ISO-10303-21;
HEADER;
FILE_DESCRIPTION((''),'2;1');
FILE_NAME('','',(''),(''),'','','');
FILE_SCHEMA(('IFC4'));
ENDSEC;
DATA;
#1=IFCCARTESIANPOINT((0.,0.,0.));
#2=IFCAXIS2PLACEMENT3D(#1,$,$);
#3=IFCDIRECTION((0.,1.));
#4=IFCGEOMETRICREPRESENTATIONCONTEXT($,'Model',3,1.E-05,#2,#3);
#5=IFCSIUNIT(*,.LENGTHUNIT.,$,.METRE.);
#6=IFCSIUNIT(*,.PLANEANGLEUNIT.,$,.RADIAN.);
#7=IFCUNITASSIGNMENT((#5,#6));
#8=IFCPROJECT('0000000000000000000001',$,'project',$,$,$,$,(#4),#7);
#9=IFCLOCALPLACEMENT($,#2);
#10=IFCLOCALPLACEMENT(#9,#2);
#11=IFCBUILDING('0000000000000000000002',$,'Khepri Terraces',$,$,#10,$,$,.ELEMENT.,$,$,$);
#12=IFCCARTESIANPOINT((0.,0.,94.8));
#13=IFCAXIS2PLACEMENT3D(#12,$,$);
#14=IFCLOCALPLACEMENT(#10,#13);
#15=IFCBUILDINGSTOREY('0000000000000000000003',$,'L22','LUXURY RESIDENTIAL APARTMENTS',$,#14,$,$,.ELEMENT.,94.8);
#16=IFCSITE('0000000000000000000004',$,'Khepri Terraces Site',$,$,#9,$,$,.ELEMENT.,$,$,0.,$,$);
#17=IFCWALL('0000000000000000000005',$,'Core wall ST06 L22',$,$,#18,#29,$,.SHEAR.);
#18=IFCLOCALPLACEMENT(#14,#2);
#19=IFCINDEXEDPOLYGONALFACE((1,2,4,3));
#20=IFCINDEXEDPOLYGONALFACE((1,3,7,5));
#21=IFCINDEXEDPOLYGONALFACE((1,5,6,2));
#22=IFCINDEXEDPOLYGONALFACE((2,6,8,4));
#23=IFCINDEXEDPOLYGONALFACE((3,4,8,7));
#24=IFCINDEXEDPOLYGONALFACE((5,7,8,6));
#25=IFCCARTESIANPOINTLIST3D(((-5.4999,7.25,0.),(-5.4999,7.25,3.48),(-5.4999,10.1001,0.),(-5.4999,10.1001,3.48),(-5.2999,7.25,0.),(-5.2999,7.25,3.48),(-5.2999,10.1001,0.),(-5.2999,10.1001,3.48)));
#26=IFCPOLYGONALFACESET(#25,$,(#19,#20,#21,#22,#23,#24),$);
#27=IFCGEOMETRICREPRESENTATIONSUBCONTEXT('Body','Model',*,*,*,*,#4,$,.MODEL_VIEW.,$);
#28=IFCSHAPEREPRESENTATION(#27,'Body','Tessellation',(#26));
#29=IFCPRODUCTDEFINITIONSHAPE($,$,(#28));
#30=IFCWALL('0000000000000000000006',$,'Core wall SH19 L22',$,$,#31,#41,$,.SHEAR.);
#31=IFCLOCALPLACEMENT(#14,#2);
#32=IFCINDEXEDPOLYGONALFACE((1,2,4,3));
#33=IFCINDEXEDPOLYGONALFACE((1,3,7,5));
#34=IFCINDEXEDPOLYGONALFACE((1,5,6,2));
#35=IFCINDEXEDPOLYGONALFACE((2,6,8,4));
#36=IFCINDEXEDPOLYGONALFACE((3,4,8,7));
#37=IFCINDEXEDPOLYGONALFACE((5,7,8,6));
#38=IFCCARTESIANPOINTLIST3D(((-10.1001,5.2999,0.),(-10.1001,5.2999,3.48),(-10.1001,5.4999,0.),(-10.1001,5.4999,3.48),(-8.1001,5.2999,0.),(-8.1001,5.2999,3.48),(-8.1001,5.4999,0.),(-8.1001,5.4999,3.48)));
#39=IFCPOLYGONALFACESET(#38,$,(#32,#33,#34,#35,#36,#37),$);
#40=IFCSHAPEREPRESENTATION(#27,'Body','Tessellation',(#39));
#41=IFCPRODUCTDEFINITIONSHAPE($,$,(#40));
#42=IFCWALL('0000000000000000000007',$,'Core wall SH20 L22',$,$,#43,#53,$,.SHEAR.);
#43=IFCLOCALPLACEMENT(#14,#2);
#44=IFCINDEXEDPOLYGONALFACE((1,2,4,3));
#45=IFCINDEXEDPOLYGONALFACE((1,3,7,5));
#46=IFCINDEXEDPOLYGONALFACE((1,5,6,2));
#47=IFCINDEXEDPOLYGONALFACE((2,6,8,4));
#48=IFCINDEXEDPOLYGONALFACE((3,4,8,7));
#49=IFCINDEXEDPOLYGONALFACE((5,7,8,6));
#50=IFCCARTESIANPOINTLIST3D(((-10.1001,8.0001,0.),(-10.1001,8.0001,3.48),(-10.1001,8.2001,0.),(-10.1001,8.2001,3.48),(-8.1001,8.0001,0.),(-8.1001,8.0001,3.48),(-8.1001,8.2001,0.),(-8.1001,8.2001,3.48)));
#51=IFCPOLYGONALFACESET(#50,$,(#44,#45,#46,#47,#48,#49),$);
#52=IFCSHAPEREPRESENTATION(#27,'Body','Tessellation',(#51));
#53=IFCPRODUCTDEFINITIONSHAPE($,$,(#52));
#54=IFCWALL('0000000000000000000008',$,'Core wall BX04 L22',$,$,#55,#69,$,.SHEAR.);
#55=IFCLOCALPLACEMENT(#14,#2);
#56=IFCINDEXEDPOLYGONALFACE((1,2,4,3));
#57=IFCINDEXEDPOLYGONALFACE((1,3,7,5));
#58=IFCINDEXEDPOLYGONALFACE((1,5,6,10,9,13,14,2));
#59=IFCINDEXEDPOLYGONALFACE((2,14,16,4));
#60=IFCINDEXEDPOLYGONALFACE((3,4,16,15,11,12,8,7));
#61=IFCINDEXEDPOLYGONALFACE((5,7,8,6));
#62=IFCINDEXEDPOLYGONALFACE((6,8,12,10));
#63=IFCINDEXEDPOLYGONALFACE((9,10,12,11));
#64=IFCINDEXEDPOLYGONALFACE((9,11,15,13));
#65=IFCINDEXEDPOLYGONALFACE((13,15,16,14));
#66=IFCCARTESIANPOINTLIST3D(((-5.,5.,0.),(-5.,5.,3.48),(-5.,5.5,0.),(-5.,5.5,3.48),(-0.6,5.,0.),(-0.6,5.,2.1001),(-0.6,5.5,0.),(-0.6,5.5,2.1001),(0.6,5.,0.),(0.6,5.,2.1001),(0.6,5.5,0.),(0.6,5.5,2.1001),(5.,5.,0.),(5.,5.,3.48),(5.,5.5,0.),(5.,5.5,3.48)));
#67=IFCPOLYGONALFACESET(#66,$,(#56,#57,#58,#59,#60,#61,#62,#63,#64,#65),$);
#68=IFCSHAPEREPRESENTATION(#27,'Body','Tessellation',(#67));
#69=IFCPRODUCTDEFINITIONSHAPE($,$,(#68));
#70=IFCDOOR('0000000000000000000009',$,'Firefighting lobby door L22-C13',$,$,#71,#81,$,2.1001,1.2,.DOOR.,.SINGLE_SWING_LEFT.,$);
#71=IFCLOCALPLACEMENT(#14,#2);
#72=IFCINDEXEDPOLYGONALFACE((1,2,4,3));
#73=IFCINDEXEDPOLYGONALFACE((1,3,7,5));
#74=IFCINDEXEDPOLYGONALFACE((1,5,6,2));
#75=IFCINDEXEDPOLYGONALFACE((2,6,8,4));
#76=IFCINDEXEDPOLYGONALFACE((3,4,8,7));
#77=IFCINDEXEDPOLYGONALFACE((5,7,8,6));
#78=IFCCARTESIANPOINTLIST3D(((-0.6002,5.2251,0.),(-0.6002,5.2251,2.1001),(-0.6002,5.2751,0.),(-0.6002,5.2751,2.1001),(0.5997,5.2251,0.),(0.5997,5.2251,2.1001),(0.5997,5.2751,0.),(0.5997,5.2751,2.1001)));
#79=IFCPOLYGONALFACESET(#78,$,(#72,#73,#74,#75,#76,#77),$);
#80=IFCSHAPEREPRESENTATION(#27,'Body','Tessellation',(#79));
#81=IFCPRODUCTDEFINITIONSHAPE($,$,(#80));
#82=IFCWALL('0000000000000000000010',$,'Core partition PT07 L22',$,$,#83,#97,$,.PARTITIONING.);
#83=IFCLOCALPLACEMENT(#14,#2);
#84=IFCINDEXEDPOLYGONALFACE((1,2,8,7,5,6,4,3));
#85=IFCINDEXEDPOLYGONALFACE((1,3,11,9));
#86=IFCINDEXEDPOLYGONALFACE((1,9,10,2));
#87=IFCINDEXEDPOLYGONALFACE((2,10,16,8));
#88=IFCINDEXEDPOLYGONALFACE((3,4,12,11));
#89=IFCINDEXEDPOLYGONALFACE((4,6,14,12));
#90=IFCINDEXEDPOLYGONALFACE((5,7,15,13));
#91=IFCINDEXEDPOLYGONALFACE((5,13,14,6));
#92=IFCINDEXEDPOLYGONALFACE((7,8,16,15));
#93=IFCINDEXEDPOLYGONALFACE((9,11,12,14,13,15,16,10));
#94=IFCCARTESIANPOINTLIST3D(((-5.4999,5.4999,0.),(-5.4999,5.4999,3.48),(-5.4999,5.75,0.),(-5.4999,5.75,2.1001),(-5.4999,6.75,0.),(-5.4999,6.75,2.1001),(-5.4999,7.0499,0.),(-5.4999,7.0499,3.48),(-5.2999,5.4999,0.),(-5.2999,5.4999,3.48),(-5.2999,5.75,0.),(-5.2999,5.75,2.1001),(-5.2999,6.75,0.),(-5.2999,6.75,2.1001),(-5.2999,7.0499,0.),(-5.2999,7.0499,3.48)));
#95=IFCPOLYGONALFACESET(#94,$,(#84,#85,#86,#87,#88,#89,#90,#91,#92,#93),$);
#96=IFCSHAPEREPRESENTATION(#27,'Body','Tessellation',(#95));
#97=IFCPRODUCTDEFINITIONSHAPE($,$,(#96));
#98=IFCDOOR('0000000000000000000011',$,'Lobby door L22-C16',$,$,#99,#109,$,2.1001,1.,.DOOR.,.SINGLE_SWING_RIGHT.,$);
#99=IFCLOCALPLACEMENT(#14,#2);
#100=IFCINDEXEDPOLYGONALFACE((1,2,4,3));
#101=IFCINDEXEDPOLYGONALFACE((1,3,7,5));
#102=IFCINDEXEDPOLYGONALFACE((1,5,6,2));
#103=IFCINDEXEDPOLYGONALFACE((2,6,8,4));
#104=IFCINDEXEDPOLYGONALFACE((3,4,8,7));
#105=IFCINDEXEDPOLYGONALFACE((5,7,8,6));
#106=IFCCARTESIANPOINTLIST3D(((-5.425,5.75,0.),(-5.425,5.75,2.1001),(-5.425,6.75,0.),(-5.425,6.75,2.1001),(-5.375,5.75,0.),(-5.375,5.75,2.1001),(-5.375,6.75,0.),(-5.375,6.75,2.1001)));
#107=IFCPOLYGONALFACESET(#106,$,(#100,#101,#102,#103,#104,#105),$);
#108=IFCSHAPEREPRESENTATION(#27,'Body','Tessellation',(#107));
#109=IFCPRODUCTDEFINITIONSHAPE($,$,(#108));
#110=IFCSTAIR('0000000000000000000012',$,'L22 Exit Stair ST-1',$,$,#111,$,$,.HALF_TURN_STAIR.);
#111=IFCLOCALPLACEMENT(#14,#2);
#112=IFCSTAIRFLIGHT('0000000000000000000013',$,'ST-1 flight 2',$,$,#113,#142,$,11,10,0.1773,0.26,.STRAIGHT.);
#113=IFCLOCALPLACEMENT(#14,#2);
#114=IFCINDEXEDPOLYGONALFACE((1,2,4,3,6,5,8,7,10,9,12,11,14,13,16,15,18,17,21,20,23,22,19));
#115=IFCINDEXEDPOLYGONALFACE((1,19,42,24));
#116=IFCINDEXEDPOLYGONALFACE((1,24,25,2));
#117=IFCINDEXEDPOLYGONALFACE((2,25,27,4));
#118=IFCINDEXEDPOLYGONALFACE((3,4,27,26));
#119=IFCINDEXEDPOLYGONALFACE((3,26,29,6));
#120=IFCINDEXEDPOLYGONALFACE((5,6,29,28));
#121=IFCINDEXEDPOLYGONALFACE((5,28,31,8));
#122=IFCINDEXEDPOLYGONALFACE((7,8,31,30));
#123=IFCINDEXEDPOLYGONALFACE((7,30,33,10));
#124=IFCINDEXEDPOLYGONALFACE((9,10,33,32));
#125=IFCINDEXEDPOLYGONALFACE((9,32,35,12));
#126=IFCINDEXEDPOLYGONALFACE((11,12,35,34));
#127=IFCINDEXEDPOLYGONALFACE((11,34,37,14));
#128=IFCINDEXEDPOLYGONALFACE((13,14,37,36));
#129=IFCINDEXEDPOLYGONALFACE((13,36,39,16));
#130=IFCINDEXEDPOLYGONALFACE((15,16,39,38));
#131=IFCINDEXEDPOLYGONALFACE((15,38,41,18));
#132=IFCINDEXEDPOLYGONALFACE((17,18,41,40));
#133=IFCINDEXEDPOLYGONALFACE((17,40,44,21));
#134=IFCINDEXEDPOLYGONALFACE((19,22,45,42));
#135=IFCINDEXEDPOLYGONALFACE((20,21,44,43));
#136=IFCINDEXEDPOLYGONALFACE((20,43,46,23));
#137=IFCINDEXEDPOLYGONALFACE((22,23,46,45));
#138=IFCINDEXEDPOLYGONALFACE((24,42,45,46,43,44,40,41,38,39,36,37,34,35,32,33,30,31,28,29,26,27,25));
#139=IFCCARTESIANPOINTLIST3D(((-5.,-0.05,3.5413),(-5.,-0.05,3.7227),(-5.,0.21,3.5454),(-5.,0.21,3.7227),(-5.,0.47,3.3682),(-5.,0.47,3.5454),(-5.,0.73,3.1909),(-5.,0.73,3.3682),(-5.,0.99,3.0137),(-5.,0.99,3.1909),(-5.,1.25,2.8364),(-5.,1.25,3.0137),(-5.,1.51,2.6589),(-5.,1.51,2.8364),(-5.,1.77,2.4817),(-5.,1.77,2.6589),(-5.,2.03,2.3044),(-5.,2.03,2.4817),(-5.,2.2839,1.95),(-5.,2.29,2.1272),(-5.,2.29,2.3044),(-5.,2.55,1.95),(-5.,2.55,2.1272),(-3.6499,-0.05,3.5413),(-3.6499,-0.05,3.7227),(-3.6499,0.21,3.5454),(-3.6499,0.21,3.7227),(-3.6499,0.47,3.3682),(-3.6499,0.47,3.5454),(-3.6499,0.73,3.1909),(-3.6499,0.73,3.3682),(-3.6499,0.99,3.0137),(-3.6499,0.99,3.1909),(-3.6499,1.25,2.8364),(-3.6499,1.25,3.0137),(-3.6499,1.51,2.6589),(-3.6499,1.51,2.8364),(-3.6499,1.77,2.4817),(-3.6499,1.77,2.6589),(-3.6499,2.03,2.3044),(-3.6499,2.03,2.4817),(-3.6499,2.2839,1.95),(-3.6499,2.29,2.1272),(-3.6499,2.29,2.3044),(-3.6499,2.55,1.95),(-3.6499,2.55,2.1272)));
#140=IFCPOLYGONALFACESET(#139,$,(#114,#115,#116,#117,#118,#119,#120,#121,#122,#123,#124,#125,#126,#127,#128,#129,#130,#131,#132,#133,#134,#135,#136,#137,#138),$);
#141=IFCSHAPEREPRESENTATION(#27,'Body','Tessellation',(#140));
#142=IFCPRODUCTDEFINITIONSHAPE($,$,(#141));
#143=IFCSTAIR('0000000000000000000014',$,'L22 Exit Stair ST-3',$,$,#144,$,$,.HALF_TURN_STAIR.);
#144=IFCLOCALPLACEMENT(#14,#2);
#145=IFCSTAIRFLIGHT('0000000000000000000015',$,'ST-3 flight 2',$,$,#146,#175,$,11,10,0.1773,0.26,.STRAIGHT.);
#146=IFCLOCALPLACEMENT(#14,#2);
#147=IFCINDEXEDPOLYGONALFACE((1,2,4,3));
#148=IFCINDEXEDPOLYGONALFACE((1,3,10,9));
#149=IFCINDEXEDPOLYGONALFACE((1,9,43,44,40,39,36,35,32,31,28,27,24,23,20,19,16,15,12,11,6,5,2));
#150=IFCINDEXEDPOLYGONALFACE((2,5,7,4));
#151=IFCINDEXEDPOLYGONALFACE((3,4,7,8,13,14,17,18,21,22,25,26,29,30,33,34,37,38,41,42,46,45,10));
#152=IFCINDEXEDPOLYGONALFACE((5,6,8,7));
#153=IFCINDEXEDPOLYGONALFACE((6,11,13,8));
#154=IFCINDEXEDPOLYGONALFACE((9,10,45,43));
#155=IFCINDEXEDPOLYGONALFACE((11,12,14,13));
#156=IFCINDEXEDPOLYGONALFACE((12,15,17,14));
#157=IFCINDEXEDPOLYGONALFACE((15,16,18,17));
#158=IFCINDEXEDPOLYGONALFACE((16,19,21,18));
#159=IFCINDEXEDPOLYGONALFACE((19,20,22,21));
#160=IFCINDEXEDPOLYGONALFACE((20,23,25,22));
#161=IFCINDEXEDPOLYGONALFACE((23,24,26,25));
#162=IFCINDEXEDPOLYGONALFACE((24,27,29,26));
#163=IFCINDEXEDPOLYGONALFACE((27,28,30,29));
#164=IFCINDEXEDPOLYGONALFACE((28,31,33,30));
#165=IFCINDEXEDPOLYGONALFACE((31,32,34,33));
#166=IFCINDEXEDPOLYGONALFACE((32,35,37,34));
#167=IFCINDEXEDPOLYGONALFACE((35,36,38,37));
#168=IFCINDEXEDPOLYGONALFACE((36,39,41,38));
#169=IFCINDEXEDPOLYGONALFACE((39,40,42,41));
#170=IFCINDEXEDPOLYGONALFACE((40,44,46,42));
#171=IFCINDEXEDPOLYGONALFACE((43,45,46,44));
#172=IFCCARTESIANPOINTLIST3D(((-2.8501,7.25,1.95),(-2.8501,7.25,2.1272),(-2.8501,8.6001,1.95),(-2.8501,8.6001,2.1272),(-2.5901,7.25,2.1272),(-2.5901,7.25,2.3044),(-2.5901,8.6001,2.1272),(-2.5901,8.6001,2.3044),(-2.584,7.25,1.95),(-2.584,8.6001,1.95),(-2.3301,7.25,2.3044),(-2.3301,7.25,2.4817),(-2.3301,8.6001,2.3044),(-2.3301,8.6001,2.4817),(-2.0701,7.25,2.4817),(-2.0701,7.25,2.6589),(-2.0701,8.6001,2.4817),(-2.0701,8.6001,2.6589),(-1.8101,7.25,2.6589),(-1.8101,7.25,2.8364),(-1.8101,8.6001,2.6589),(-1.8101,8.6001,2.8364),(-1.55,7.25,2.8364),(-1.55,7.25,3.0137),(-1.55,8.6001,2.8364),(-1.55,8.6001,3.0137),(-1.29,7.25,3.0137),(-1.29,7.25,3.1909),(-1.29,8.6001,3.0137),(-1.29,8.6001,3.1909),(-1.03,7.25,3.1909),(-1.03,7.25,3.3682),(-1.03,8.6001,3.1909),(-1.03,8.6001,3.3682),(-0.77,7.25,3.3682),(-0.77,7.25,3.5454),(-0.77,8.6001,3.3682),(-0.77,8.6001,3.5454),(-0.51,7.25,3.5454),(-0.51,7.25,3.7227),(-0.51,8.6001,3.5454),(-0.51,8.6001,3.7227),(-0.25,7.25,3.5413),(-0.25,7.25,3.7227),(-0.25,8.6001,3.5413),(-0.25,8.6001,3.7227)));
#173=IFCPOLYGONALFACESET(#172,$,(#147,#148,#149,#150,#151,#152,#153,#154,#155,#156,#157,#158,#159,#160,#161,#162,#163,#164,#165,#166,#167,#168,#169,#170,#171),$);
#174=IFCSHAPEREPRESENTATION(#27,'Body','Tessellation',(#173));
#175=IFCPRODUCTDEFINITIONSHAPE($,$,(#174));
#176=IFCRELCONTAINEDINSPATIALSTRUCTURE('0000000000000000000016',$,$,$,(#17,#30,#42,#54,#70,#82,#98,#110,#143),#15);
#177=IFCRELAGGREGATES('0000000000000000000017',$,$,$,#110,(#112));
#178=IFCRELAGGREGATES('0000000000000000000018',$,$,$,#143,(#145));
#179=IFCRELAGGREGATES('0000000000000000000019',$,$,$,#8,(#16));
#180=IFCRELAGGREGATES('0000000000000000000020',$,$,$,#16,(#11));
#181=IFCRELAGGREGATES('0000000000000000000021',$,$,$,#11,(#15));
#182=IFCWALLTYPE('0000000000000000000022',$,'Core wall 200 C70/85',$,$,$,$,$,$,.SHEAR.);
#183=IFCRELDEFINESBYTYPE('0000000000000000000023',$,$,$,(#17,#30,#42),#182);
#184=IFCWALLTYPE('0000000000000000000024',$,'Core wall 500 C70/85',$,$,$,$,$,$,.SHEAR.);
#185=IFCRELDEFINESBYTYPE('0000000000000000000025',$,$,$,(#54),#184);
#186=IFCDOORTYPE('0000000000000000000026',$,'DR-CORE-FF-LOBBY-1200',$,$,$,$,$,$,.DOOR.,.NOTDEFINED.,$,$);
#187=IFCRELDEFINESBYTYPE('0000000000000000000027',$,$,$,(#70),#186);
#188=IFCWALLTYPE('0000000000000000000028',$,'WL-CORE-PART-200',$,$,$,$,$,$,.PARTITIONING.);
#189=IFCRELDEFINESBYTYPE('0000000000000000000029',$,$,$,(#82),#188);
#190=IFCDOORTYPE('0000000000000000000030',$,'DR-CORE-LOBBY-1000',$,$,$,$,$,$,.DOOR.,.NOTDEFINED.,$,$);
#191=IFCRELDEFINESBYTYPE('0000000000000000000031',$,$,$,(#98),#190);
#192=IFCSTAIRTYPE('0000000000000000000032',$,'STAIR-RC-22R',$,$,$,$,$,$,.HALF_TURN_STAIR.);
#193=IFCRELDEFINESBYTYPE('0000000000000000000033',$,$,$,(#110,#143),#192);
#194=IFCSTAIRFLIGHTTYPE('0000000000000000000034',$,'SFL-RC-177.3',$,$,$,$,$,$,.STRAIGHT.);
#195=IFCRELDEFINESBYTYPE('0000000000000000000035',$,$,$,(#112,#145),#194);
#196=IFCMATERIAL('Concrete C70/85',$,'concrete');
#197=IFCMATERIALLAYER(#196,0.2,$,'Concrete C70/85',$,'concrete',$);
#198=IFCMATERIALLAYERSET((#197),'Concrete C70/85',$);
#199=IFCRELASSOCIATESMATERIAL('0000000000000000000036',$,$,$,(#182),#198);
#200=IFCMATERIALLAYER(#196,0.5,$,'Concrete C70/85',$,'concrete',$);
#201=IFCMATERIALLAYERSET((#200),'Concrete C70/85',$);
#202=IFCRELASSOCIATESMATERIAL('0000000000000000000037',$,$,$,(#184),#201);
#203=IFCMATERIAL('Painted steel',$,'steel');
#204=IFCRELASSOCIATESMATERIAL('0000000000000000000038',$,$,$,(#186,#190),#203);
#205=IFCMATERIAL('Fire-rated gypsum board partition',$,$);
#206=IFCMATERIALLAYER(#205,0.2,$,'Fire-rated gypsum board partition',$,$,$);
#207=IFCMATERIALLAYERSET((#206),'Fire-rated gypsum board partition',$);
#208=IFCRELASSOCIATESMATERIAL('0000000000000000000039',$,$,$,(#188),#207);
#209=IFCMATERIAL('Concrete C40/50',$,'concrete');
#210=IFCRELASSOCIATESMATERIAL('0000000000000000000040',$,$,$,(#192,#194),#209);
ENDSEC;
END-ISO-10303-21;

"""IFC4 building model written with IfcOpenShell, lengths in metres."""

from ifc_helpers import new_model, si_unit, direction, frame, frame_2d, origin, place, context, subcontext, project, spatial, polyline, rectangle, outline, extrude, material, layer, layer_set, type_object, element, fill, aggregate, save


model = new_model("IFC4")

# Units and contexts
model_context = context("Model", 3, precision=1e-05, world=origin(), true_north=direction((0.0, 1.0)))
body_context = subcontext(model_context, "Body", "Model", "MODEL_VIEW")
ifc_project = project(units=[si_unit("LENGTHUNIT", "METRE"), si_unit("PLANEANGLEUNIT", "RADIAN")], contexts=[model_context])

# Site, building, storey
site_placement = place(None, origin())
site = spatial("IfcSite", under=ifc_project, at=site_placement, Name="Khepri Terraces Site", CompositionType="ELEMENT", RefElevation=0.0)
building_placement = place(site_placement, origin())
building = spatial("IfcBuilding", under=site, at=building_placement, Name="Khepri Terraces", CompositionType="ELEMENT")
storey_placement = place(building_placement, frame((0.0, 0.0, 94.8)))
storey = spatial("IfcBuildingStorey", under=building, at=storey_placement, Name="L22", Description="LUXURY RESIDENTIAL APARTMENTS", CompositionType="ELEMENT", Elevation=94.8)

# Shared definitions
ifc_material_1 = material(Name="Concrete C40/50", Category="concrete")

# Walls
ifc_material_2 = material(Name="Concrete C70/85", Category="concrete")
ifc_layer_1 = layer(ifc_material_2, 0.2, Name="Concrete C70/85", Category="concrete")
ifc_layer_set_1 = layer_set([ifc_layer_1], Name="Concrete C70/85")
wall_type_1 = type_object("IfcWallType", Name="Core wall 200 C70/85", PredefinedType="SHEAR", material=ifc_layer_set_1)
wall_1_placement = place(storey_placement, frame((-5.3999, 7.25, 0.0), z_axis=(0.0, 0.0, 1.0), x_axis=(0.0, 1.0, 0.0)))
element("IfcWall", 1, at=wall_1_placement, inside=storey, type_object=wall_type_1, Name="Core wall ST06 L22", PredefinedType="SHEAR", context=body_context, shape_type="SweptSolid", body=[
    extrude(rectangle(XDim=2.8501, YDim=0.2, at=frame_2d((1.425, 0.0))), origin(), (0.0, 0.0, 1.0), 3.48),
])
for number, where, z_axis, x_axis, name in (
    (2, (-10.1001, 5.3999, 0.0), (0.0, 0.0, 1.0), (1.0, 0.0, 0.0), "Core wall SH19 L22"),
    (3, (-10.1001, 8.1001, 0.0), (0.0, 0.0, 1.0), (1.0, 0.0, 0.0), "Core wall SH20 L22"),
):
    element("IfcWall", number, at=place(storey_placement, frame(where, z_axis=z_axis, x_axis=x_axis)), inside=storey, type_object=wall_type_1, Name=name, PredefinedType="SHEAR", context=body_context, shape_type="SweptSolid", body=[
        extrude(rectangle(XDim=2.0, YDim=0.2, at=frame_2d((1.0, 0.0))), origin(), (0.0, 0.0, 1.0), 3.48),
    ])

# Walls, openings, doors
ifc_layer_2 = layer(ifc_material_2, 0.5, Name="Concrete C70/85", Category="concrete")
ifc_layer_set_2 = layer_set([ifc_layer_2], Name="Concrete C70/85")
wall_type_2 = type_object("IfcWallType", Name="Core wall 500 C70/85", PredefinedType="SHEAR", material=ifc_layer_set_2)
wall_2_placement = place(storey_placement, frame((-5.0, 5.25, 0.0), z_axis=(0.0, 0.0, 1.0), x_axis=(1.0, 0.0, 0.0)))
wall_2 = element("IfcWall", 4, at=wall_2_placement, inside=storey, type_object=wall_type_2, Name="Core wall BX04 L22", PredefinedType="SHEAR", context=body_context, shape_type="SweptSolid", body=[
    extrude(rectangle(XDim=10.0, YDim=0.5, at=frame_2d((5.0, 0.0))), origin(), (0.0, 0.0, 1.0), 3.48),
])
opening_1_placement = place(wall_2_placement, frame((4.3999, 0.0, 0.0)))
opening_1 = element("IfcOpeningElement", 5, at=opening_1_placement, cuts=wall_2, PredefinedType="OPENING", context=body_context, shape_type="SweptSolid", body=[
    extrude(rectangle(XDim=1.2, YDim=2.1001, at=frame_2d((0.6001, 1.05))), frame((0.0, 0.26, 0.0), z_axis=(0.0, -1.0, 0.0), x_axis=(1.0, 0.0, 0.0)), (0.0, 0.0, 1.0), 0.52),
])
ifc_material_3 = material(Name="Painted steel", Category="steel")
door_type_1 = type_object("IfcDoorType", Name="DR-CORE-FF-LOBBY-1200", OperationType="NOTDEFINED", PredefinedType="DOOR", material=ifc_material_3)
door_1_placement = place(opening_1_placement, frame((1.2, 0.0, 0.0), z_axis=(0.0, 0.0, 1.0), x_axis=(-1.0, 0.0, 0.0)))
door_1 = element("IfcDoor", 6, at=door_1_placement, inside=storey, type_object=door_type_1, Name="Firefighting lobby door L22-C13", OperationType="SINGLE_SWING_LEFT", OverallHeight=2.1001, OverallWidth=1.2, PredefinedType="DOOR", context=body_context, shape_type="SweptSolid", body=[
    extrude(rectangle(XDim=1.2, YDim=2.1001, at=frame_2d((0.6001, 1.05))), frame((0.0, 0.0249, 0.0), z_axis=(0.0, -1.0, 0.0), x_axis=(1.0, 0.0, 0.0)), (0.0, 0.0, 1.0), 0.05),
])
fill(opening_1, door_1)
ifc_material_4 = material(Name="Fire-rated gypsum board partition")
ifc_layer_3 = layer(ifc_material_4, 0.2, Name="Fire-rated gypsum board partition")
ifc_layer_set_3 = layer_set([ifc_layer_3], Name="Fire-rated gypsum board partition")
wall_type_3 = type_object("IfcWallType", Name="WL-CORE-PART-200", PredefinedType="PARTITIONING", material=ifc_layer_set_3)
wall_3_placement = place(storey_placement, frame((-5.3999, 5.5, 0.0), z_axis=(0.0, 0.0, 1.0), x_axis=(0.0, 1.0, 0.0)))
wall_3 = element("IfcWall", 7, at=wall_3_placement, inside=storey, type_object=wall_type_3, Name="Core partition PT07 L22", PredefinedType="PARTITIONING", context=body_context, shape_type="SweptSolid", body=[
    extrude(rectangle(XDim=1.55, YDim=0.2, at=frame_2d((0.7749, 0.0))), origin(), (0.0, 0.0, 1.0), 3.48),
])
opening_2_placement = place(wall_3_placement, frame((0.25, 0.0, 0.0)))
opening_2 = element("IfcOpeningElement", 8, at=opening_2_placement, cuts=wall_3, PredefinedType="OPENING", context=body_context, shape_type="SweptSolid", body=[
    extrude(rectangle(XDim=1.0, YDim=2.1001, at=frame_2d((0.5, 1.05))), frame((0.0, 0.1099, 0.0), z_axis=(0.0, -1.0, 0.0), x_axis=(1.0, 0.0, 0.0)), (0.0, 0.0, 1.0), 0.22),
])
door_type_2 = type_object("IfcDoorType", Name="DR-CORE-LOBBY-1000", OperationType="NOTDEFINED", PredefinedType="DOOR", material=ifc_material_3)
door_2_placement = place(opening_2_placement, frame((1.0, 0.0, 0.0), z_axis=(0.0, 0.0, 1.0), x_axis=(-1.0, 0.0, 0.0)))
door_2 = element("IfcDoor", 9, at=door_2_placement, inside=storey, type_object=door_type_2, Name="Lobby door L22-C16", OperationType="SINGLE_SWING_RIGHT", OverallHeight=2.1001, OverallWidth=1.0, PredefinedType="DOOR", context=body_context, shape_type="SweptSolid", body=[
    extrude(rectangle(XDim=1.0, YDim=2.1001, at=frame_2d((0.5, 1.05))), frame((0.0, 0.0249, 0.0), z_axis=(0.0, -1.0, 0.0), x_axis=(1.0, 0.0, 0.0)), (0.0, 0.0, 1.0), 0.05),
])
fill(opening_2, door_2)

# Stairs, stair flights
stair_type = type_object("IfcStairType", Name="STAIR-RC-22R", PredefinedType="HALF_TURN_STAIR", material=ifc_material_1)
stair_1_placement = place(storey_placement, origin())
stair_1 = element("IfcStair", 10, at=stair_1_placement, inside=storey, type_object=stair_type, Name="L22 Exit Stair ST-1", PredefinedType="HALF_TURN_STAIR")
stair_flight_type = type_object("IfcStairFlightType", Name="SFL-RC-177.3", PredefinedType="STRAIGHT", material=ifc_material_1)
stair_flight_1_placement = place(storey_placement, frame((-4.325, 2.55, 1.95), z_axis=(0.0, 0.0, 1.0), x_axis=(0.0, -1.0, 0.0)))
stair_flight_1 = element("IfcStairFlight", 11, at=stair_flight_1_placement, type_object=stair_flight_type, Name="ST-1 flight 2", NumberOfRisers=11, NumberOfTreads=10, PredefinedType="STRAIGHT", RiserHeight=0.1773, TreadLength=0.26, context=body_context, shape_type="SweptSolid", body=[
    extrude(outline(polyline([(0.0, 0.0), (0.0, 0.1772), (0.26, 0.1772), (0.26, 0.3545), (0.52, 0.3545), (0.52, 0.5317), (0.78, 0.5317), (0.78, 0.709), (1.04, 0.709), (1.04, 0.8865), (1.3, 0.8865), (1.3, 1.0637), (1.5601, 1.0637), (1.5601, 1.241), (1.8201, 1.241), (1.8201, 1.4182), (2.0801, 1.4182), (2.0801, 1.5955), (2.3401, 1.5955), (2.3401, 1.7727), (2.6001, 1.7727), (2.6001, 1.95), (2.6001, 1.5913), (0.2661, 0.0), (0.0, 0.0)])), frame((0.0, 0.675, 0.0), z_axis=(0.0, -1.0, 0.0), x_axis=(1.0, 0.0, 0.0)), (0.0, 0.0, 1.0), 1.3501),
])
aggregate(stair_1, [stair_flight_1])
stair_2_placement = place(storey_placement, origin())
stair_2 = element("IfcStair", 12, at=stair_2_placement, inside=storey, type_object=stair_type, Name="L22 Exit Stair ST-3", PredefinedType="HALF_TURN_STAIR")
stair_flight_2_placement = place(storey_placement, frame((-2.8501, 7.925, 1.95), z_axis=(0.0, 0.0, 1.0), x_axis=(1.0, 0.0, 0.0)))
stair_flight_2 = element("IfcStairFlight", 13, at=stair_flight_2_placement, type_object=stair_flight_type, Name="ST-3 flight 2", NumberOfRisers=11, NumberOfTreads=10, PredefinedType="STRAIGHT", RiserHeight=0.1773, TreadLength=0.26, context=body_context, shape_type="SweptSolid", body=[
    extrude(outline(polyline([(0.0, 0.0), (0.0, 0.1772), (0.26, 0.1772), (0.26, 0.3545), (0.52, 0.3545), (0.52, 0.5317), (0.78, 0.5317), (0.78, 0.709), (1.04, 0.709), (1.04, 0.8865), (1.3, 0.8865), (1.3, 1.0637), (1.5601, 1.0637), (1.5601, 1.241), (1.8201, 1.241), (1.8201, 1.4182), (2.0801, 1.4182), (2.0801, 1.5955), (2.3401, 1.5955), (2.3401, 1.7727), (2.6001, 1.7727), (2.6001, 1.95), (2.6001, 1.5913), (0.2661, 0.0), (0.0, 0.0)])), frame((0.0, 0.675, 0.0), z_axis=(0.0, -1.0, 0.0), x_axis=(1.0, 0.0, 0.0)), (0.0, 0.0, 1.0), 1.3501),
])
aggregate(stair_2, [stair_flight_2])

save(model, "model.ifc")
